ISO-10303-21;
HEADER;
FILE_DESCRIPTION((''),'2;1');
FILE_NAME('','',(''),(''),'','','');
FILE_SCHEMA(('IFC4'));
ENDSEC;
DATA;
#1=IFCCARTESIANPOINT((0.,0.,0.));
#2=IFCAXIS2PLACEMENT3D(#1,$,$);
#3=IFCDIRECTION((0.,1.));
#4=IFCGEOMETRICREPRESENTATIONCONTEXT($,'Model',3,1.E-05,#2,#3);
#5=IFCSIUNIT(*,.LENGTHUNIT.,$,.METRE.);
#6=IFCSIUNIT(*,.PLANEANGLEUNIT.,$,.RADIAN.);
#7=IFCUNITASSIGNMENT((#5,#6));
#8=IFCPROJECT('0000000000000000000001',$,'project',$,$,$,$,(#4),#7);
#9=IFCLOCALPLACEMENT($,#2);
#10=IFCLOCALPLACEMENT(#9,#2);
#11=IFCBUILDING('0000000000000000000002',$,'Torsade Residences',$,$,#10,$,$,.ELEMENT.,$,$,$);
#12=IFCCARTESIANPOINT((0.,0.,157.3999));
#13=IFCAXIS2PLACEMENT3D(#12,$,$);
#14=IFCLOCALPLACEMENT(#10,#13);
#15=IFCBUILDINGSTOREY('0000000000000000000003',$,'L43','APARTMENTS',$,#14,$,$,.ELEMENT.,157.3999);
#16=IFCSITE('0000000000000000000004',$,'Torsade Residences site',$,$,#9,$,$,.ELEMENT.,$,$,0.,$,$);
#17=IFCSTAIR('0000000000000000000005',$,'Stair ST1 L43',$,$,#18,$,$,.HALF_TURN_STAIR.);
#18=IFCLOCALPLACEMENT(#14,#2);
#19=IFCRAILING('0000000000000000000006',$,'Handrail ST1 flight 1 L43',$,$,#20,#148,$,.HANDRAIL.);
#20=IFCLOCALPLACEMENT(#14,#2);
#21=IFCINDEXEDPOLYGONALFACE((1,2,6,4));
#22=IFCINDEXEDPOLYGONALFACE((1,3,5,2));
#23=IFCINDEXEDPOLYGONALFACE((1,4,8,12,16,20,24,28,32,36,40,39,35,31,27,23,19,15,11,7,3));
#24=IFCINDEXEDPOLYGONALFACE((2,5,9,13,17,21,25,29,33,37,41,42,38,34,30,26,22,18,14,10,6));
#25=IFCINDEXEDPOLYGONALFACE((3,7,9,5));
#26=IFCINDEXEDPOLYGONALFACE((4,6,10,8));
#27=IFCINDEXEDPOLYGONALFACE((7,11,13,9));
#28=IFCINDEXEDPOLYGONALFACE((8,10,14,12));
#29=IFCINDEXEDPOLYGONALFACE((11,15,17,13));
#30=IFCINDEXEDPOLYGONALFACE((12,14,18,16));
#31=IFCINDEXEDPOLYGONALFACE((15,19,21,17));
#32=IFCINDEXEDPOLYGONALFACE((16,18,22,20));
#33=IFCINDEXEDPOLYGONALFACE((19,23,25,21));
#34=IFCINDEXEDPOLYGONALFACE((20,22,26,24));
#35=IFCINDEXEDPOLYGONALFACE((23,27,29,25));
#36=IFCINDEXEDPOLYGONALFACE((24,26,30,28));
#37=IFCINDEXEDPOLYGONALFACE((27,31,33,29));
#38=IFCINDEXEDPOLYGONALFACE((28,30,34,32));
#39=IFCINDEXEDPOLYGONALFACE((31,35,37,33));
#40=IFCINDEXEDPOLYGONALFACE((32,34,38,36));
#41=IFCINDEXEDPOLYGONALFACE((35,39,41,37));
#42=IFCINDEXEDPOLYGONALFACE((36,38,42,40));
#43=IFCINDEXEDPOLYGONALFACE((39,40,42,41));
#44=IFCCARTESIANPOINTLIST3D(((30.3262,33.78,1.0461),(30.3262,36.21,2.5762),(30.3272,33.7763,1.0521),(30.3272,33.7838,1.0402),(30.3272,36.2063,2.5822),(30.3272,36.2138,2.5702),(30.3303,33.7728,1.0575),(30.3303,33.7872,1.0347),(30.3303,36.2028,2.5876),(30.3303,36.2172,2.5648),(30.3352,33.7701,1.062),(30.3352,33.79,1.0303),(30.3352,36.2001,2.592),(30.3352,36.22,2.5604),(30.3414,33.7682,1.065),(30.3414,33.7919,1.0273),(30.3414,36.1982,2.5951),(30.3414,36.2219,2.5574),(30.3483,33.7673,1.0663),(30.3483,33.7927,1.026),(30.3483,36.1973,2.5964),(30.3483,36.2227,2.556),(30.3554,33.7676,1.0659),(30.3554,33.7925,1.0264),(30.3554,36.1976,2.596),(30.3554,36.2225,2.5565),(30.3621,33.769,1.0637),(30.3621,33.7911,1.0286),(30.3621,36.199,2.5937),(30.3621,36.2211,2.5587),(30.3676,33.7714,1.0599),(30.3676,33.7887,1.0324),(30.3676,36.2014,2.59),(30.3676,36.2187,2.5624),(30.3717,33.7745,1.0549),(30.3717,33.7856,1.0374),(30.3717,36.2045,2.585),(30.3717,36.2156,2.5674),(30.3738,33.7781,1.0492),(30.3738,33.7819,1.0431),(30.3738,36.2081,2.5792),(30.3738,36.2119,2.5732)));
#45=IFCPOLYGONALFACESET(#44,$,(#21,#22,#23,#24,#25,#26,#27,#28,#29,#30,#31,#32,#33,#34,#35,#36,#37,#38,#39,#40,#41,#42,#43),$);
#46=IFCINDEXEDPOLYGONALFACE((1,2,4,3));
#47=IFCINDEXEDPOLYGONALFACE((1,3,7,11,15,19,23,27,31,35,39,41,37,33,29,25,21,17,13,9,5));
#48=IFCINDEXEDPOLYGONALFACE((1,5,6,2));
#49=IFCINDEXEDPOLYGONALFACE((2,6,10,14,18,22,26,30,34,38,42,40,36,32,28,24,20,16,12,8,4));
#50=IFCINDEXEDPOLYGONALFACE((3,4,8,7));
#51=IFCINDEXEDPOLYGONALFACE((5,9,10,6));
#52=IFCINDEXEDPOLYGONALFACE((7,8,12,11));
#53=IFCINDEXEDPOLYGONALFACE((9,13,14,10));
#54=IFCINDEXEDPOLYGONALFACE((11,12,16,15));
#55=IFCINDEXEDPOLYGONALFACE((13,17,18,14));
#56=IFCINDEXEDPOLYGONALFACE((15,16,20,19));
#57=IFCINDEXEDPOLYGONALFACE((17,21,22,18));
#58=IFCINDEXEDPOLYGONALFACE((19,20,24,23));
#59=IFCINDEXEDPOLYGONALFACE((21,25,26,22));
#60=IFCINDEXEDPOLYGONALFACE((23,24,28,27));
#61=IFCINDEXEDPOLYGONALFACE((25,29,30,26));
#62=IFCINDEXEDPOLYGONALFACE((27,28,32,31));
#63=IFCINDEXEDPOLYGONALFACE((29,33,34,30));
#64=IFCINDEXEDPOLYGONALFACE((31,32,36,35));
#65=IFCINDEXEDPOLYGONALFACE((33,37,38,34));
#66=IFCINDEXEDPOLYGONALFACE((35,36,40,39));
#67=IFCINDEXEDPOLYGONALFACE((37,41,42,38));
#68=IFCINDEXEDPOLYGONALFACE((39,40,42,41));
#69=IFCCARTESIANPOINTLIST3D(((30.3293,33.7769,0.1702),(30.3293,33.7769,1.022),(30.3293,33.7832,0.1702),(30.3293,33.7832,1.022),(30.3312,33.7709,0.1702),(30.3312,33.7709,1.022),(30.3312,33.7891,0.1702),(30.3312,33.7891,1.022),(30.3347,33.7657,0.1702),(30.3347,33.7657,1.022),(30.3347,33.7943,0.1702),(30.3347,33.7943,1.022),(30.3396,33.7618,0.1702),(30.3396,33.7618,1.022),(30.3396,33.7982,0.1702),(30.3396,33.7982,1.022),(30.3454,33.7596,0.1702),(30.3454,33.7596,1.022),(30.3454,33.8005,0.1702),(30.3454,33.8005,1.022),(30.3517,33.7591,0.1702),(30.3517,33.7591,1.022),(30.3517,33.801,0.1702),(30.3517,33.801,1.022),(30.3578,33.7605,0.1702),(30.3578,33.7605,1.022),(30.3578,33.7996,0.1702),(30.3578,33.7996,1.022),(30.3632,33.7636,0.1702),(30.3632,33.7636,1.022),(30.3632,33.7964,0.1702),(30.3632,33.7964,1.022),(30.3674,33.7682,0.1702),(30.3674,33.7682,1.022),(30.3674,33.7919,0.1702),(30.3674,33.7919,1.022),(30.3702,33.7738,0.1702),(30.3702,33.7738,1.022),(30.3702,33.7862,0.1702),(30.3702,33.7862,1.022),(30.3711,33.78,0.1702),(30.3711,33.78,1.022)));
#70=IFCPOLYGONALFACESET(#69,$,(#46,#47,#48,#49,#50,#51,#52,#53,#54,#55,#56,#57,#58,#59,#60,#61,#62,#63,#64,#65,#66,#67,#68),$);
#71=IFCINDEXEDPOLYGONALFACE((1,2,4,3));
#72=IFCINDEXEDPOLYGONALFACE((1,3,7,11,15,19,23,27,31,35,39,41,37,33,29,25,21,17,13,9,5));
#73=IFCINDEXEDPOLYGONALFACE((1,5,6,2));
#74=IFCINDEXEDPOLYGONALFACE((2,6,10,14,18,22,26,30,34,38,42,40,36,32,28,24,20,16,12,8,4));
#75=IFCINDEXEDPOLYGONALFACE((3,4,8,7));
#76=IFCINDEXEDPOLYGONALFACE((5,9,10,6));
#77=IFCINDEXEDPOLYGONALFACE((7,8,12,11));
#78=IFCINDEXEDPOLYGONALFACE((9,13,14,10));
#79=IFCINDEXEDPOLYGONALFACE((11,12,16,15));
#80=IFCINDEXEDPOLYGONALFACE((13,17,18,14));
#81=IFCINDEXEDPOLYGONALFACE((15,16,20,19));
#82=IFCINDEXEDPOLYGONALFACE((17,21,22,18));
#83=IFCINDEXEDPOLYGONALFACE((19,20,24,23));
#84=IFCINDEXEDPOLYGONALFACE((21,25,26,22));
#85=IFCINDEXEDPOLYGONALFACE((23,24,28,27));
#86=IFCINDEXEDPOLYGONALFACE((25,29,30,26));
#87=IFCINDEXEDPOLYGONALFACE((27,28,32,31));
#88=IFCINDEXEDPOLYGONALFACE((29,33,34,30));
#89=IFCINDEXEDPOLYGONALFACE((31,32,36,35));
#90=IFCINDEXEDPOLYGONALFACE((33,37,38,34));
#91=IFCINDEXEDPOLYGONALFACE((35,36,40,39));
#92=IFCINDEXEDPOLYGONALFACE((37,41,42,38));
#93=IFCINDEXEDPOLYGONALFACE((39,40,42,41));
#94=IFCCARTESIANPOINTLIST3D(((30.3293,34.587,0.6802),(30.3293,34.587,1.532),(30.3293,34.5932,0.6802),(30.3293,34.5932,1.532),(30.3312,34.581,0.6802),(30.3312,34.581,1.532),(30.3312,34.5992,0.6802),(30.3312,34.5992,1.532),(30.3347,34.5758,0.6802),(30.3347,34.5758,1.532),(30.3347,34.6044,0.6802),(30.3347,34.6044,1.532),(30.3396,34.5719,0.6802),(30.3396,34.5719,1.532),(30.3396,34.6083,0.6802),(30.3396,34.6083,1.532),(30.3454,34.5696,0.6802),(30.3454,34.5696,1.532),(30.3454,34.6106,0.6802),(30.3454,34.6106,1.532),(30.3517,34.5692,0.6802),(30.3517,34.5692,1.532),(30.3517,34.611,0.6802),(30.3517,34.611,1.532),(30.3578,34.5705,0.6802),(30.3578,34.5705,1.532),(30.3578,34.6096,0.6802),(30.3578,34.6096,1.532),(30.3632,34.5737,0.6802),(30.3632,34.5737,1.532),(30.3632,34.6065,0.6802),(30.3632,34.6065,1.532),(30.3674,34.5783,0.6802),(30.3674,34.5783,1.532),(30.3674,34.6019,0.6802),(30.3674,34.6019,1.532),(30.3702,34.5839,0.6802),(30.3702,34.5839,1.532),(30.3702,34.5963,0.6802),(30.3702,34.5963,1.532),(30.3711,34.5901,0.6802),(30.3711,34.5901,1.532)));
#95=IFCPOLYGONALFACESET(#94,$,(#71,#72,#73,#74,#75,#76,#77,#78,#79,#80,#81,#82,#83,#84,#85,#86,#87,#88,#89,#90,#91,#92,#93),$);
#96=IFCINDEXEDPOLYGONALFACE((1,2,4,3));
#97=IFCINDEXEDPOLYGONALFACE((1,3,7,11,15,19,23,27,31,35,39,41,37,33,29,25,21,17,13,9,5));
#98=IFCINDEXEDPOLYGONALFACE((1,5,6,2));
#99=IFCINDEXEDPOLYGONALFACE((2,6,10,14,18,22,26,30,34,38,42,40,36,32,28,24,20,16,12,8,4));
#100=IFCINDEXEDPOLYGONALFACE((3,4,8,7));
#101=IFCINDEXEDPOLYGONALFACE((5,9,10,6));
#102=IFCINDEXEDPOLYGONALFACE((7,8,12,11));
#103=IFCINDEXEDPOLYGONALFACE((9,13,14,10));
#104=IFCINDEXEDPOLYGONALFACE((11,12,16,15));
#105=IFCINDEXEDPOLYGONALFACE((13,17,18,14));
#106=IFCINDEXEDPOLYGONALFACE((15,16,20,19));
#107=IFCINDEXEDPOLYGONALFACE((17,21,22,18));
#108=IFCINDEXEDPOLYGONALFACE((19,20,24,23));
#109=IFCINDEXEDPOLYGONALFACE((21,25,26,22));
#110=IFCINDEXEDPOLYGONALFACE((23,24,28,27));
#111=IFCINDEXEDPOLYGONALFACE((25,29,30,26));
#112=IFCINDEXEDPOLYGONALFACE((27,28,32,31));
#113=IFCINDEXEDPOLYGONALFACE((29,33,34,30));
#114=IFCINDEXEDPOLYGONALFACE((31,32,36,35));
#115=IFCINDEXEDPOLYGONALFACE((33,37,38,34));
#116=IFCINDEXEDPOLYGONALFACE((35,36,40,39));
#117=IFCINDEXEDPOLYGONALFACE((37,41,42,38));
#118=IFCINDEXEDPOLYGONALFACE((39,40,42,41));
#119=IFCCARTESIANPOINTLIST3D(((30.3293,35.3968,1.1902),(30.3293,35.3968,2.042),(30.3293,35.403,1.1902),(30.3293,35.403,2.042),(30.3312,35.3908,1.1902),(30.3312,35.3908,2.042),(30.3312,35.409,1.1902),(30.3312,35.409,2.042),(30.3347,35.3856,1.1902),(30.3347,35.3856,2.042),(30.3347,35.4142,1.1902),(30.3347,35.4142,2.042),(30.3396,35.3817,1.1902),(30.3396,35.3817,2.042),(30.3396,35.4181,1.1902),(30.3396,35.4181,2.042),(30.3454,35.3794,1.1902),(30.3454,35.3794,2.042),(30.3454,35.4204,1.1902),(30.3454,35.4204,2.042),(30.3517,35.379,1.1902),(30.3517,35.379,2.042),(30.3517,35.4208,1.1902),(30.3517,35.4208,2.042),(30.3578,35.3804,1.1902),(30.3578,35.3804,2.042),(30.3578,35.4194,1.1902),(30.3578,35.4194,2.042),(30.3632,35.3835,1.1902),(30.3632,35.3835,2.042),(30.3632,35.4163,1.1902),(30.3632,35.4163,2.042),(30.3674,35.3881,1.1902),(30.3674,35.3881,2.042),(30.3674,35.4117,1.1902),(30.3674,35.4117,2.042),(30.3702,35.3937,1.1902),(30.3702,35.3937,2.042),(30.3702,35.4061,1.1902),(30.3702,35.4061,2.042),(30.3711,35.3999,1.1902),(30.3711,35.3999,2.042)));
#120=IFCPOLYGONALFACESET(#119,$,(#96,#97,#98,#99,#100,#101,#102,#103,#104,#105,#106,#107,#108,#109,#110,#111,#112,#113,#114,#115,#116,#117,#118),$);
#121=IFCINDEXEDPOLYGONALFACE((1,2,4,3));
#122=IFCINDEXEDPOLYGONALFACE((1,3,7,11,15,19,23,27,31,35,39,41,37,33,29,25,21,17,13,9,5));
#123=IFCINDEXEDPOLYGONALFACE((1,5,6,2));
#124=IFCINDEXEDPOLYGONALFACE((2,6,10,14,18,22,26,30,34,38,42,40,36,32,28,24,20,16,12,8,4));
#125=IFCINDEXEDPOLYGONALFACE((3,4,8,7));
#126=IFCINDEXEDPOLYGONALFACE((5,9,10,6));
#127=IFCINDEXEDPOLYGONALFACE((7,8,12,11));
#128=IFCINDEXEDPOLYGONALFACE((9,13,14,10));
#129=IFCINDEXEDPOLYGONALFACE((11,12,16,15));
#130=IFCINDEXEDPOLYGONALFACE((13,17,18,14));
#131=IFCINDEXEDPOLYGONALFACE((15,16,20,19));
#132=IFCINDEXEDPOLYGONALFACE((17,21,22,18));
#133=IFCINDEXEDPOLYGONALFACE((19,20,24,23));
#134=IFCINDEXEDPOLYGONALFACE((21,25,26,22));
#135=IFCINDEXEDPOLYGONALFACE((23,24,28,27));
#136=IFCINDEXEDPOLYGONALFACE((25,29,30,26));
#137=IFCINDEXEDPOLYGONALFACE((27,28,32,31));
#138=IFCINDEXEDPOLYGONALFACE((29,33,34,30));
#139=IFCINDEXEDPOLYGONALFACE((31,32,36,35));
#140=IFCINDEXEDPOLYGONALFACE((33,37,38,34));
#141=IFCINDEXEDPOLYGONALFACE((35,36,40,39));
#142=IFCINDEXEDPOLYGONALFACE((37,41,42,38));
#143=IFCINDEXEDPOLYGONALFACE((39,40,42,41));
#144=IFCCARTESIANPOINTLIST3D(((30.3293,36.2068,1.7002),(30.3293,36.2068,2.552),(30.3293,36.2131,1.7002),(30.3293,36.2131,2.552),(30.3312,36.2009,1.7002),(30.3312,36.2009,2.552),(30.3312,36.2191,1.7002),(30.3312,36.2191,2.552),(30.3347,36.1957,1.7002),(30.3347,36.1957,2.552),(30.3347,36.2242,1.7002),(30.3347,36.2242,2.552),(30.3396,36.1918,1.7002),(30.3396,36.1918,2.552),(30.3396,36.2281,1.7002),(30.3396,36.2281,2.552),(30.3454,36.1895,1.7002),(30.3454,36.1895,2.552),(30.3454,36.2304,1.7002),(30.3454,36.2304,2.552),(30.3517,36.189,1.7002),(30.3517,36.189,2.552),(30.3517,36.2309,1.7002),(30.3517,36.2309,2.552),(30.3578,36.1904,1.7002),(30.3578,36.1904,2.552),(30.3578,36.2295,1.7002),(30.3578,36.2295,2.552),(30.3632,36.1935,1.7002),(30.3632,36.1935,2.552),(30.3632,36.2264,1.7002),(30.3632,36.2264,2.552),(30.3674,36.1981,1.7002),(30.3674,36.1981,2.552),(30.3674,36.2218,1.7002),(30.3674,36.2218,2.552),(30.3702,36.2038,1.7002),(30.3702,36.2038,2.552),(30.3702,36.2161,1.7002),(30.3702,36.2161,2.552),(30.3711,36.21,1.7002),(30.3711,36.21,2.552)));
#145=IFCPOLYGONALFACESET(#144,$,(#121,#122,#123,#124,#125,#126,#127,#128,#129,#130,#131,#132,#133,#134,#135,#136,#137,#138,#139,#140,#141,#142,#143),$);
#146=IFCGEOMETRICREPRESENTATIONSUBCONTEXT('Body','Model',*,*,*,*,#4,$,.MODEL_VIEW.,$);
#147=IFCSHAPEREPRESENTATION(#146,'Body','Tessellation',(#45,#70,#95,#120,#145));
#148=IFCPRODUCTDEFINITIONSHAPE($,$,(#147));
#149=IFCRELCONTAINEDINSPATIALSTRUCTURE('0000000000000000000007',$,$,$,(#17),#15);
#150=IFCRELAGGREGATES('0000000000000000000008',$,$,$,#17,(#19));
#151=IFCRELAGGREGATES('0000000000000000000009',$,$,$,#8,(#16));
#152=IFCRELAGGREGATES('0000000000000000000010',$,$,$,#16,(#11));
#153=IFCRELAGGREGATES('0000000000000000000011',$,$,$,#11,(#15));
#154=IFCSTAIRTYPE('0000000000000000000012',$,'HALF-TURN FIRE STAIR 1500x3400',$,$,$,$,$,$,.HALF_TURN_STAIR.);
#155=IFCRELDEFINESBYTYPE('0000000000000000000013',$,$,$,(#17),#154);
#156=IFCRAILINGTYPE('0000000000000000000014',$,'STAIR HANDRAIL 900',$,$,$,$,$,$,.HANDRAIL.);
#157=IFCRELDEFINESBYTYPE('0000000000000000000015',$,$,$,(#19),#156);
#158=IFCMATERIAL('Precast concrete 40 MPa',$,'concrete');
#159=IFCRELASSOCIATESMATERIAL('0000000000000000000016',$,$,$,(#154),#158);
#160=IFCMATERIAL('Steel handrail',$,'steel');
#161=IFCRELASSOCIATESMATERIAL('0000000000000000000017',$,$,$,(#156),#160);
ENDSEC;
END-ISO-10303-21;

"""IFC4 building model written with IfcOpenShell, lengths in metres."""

from ifc_helpers import new_model, si_unit, direction, frame, origin, origin_2d, place, context, subcontext, project, spatial, circle, extrude, material, type_object, element, aggregate, save


model = new_model("IFC4")

# Units and contexts
model_context = context("Model", 3, precision=1e-05, world=origin(), true_north=direction((0.0, 1.0)))
body_context = subcontext(model_context, "Body", "Model", "MODEL_VIEW")
ifc_project = project(units=[si_unit("LENGTHUNIT", "METRE"), si_unit("PLANEANGLEUNIT", "RADIAN")], contexts=[model_context])

# Site, building, storey
site_placement = place(None, origin())
site = spatial("IfcSite", under=ifc_project, at=site_placement, Name="Torsade Residences site", CompositionType="ELEMENT", RefElevation=0.0)
building_placement = place(site_placement, origin())
building = spatial("IfcBuilding", under=site, at=building_placement, Name="Torsade Residences", CompositionType="ELEMENT")
storey_placement = place(building_placement, frame((0.0, 0.0, 157.3999)))
storey = spatial("IfcBuildingStorey", under=building, at=storey_placement, Name="L43", Description="APARTMENTS", CompositionType="ELEMENT", Elevation=157.3999)

# Stair, railing
ifc_material_1 = material(Name="Precast concrete 40 MPa", Category="concrete")
stair_type = type_object("IfcStairType", Name="HALF-TURN FIRE STAIR 1500x3400", PredefinedType="HALF_TURN_STAIR", material=ifc_material_1)
stair_placement = place(storey_placement, origin())
stair = element("IfcStair", 1, at=stair_placement, inside=storey, type_object=stair_type, Name="Stair ST1 L43", PredefinedType="HALF_TURN_STAIR")
ifc_material_2 = material(Name="Steel handrail", Category="steel")
railing_type = type_object("IfcRailingType", Name="STAIR HANDRAIL 900", PredefinedType="HANDRAIL", material=ifc_material_2)
railing_1_placement = place(storey_placement, frame((30.3501, 33.78, 0.1702)))
railing_1 = element("IfcRailing", 2, at=railing_1_placement, type_object=railing_type, Name="Handrail ST1 flight 1 L43", PredefinedType="HANDRAIL", context=body_context, shape_type="SweptSolid", body=[
    extrude(circle(Radius=0.0239, at=origin_2d()), frame((0.0, 0.0, 0.876), z_axis=(0.0, 0.846221, 0.532831), x_axis=(-1.0, 0.0, 0.0)), (0.0, 0.0, 1.0), 2.8716),
    extrude(circle(Radius=0.021, at=origin_2d()), origin(), (0.0, 0.0, 1.0), 0.8518),
    extrude(circle(Radius=0.021, at=origin_2d()), frame((0.0, 0.8101, 0.51)), (0.0, 0.0, 1.0), 0.8518),
    extrude(circle(Radius=0.021, at=origin_2d()), frame((0.0, 1.6199, 1.02)), (0.0, 0.0, 1.0), 0.8518),
    extrude(circle(Radius=0.021, at=origin_2d()), frame((0.0, 2.4299, 1.53)), (0.0, 0.0, 1.0), 0.8518),
])
aggregate(stair, [railing_1])

save(model, "model.ifc")
